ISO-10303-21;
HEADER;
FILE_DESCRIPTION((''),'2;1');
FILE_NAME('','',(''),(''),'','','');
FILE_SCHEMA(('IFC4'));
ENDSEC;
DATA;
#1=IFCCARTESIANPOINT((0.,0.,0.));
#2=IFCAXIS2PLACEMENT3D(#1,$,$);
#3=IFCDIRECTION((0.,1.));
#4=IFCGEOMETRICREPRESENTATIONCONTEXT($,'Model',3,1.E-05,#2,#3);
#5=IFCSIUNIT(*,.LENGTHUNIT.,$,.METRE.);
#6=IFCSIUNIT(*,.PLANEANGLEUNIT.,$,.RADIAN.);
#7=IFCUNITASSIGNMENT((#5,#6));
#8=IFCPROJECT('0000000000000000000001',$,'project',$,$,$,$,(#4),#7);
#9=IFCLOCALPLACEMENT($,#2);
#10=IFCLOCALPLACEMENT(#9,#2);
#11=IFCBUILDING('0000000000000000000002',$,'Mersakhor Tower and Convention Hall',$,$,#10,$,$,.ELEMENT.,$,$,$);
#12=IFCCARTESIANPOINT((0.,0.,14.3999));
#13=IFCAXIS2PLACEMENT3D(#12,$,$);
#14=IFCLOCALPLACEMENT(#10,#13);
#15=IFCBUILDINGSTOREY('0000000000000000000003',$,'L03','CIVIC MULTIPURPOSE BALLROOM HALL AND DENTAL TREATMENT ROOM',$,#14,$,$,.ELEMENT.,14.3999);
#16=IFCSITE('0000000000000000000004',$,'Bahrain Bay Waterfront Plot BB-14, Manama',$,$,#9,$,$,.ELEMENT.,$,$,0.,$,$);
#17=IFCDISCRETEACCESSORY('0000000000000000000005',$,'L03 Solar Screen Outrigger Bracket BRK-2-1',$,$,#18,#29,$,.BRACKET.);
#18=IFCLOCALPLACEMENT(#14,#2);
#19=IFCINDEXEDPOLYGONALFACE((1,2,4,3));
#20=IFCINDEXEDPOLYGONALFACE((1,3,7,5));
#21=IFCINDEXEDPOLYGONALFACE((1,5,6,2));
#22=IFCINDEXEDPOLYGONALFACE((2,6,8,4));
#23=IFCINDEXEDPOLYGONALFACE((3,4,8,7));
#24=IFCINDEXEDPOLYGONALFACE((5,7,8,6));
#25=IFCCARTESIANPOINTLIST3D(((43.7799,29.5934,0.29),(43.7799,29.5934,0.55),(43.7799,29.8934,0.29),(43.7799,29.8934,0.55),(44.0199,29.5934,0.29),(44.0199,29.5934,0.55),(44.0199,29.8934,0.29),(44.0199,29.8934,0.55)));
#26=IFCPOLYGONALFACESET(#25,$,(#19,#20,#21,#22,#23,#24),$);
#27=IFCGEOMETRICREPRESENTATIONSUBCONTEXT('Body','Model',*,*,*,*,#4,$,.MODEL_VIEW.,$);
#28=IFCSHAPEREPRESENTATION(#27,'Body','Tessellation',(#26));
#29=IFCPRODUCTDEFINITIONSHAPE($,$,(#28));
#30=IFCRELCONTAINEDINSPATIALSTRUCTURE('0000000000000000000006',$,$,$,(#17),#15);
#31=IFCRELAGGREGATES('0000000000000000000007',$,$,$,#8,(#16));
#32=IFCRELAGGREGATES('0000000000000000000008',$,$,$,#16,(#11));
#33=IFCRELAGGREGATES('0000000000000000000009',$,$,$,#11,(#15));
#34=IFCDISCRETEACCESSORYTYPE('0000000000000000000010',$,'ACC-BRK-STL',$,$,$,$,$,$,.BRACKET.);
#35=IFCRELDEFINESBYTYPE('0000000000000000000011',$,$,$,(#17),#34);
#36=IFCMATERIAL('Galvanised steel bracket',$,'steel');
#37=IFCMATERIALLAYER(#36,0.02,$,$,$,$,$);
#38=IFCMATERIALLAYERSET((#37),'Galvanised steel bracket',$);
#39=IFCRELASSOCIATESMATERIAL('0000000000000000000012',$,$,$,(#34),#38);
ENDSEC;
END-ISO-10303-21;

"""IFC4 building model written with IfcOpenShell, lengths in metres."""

from ifc_helpers import new_model, si_unit, direction, frame, origin, origin_2d, place, context, subcontext, project, spatial, rectangle, extrude, material, layer, layer_set, type_object, element, save


model = new_model("IFC4")

# Units and contexts
model_context = context("Model", 3, precision=1e-05, world=origin(), true_north=direction((0.0, 1.0)))
body_context = subcontext(model_context, "Body", "Model", "MODEL_VIEW")
ifc_project = project(units=[si_unit("LENGTHUNIT", "METRE"), si_unit("PLANEANGLEUNIT", "RADIAN")], contexts=[model_context])

# Site, building, storey
site_placement = place(None, origin())
site = spatial("IfcSite", under=ifc_project, at=site_placement, Name="Bahrain Bay Waterfront Plot BB-14, Manama", CompositionType="ELEMENT", RefElevation=0.0)
building_placement = place(site_placement, origin())
building = spatial("IfcBuilding", under=site, at=building_placement, Name="Mersakhor Tower and Convention Hall", CompositionType="ELEMENT")
storey_placement = place(building_placement, frame((0.0, 0.0, 14.3999)))
storey = spatial("IfcBuildingStorey", under=building, at=storey_placement, Name="L03", Description="CIVIC MULTIPURPOSE BALLROOM HALL AND DENTAL TREATMENT ROOM", CompositionType="ELEMENT", Elevation=14.3999)

# Discrete accessory
ifc_material_1 = material(Name="Galvanised steel bracket", Category="steel")
ifc_layer_1 = layer(ifc_material_1, 0.02)
ifc_layer_set_1 = layer_set([ifc_layer_1], Name="Galvanised steel bracket")
discrete_accessory_type = type_object("IfcDiscreteAccessoryType", Name="ACC-BRK-STL", PredefinedType="BRACKET", material=ifc_layer_set_1)
discrete_accessory_placement = place(storey_placement, frame((43.8999, 29.7434, 0.29), z_axis=(0.0, 0.0, 1.0), x_axis=(0.0, -1.0, 0.0)))
element("IfcDiscreteAccessory", 1, at=discrete_accessory_placement, inside=storey, type_object=discrete_accessory_type, Name="L03 Solar Screen Outrigger Bracket BRK-2-1", PredefinedType="BRACKET", context=body_context, shape_type="SweptSolid", body=[
    extrude(rectangle(XDim=0.3, YDim=0.24, at=origin_2d()), origin(), (0.0, 0.0, 1.0), 0.26),
])

save(model, "model.ifc")
